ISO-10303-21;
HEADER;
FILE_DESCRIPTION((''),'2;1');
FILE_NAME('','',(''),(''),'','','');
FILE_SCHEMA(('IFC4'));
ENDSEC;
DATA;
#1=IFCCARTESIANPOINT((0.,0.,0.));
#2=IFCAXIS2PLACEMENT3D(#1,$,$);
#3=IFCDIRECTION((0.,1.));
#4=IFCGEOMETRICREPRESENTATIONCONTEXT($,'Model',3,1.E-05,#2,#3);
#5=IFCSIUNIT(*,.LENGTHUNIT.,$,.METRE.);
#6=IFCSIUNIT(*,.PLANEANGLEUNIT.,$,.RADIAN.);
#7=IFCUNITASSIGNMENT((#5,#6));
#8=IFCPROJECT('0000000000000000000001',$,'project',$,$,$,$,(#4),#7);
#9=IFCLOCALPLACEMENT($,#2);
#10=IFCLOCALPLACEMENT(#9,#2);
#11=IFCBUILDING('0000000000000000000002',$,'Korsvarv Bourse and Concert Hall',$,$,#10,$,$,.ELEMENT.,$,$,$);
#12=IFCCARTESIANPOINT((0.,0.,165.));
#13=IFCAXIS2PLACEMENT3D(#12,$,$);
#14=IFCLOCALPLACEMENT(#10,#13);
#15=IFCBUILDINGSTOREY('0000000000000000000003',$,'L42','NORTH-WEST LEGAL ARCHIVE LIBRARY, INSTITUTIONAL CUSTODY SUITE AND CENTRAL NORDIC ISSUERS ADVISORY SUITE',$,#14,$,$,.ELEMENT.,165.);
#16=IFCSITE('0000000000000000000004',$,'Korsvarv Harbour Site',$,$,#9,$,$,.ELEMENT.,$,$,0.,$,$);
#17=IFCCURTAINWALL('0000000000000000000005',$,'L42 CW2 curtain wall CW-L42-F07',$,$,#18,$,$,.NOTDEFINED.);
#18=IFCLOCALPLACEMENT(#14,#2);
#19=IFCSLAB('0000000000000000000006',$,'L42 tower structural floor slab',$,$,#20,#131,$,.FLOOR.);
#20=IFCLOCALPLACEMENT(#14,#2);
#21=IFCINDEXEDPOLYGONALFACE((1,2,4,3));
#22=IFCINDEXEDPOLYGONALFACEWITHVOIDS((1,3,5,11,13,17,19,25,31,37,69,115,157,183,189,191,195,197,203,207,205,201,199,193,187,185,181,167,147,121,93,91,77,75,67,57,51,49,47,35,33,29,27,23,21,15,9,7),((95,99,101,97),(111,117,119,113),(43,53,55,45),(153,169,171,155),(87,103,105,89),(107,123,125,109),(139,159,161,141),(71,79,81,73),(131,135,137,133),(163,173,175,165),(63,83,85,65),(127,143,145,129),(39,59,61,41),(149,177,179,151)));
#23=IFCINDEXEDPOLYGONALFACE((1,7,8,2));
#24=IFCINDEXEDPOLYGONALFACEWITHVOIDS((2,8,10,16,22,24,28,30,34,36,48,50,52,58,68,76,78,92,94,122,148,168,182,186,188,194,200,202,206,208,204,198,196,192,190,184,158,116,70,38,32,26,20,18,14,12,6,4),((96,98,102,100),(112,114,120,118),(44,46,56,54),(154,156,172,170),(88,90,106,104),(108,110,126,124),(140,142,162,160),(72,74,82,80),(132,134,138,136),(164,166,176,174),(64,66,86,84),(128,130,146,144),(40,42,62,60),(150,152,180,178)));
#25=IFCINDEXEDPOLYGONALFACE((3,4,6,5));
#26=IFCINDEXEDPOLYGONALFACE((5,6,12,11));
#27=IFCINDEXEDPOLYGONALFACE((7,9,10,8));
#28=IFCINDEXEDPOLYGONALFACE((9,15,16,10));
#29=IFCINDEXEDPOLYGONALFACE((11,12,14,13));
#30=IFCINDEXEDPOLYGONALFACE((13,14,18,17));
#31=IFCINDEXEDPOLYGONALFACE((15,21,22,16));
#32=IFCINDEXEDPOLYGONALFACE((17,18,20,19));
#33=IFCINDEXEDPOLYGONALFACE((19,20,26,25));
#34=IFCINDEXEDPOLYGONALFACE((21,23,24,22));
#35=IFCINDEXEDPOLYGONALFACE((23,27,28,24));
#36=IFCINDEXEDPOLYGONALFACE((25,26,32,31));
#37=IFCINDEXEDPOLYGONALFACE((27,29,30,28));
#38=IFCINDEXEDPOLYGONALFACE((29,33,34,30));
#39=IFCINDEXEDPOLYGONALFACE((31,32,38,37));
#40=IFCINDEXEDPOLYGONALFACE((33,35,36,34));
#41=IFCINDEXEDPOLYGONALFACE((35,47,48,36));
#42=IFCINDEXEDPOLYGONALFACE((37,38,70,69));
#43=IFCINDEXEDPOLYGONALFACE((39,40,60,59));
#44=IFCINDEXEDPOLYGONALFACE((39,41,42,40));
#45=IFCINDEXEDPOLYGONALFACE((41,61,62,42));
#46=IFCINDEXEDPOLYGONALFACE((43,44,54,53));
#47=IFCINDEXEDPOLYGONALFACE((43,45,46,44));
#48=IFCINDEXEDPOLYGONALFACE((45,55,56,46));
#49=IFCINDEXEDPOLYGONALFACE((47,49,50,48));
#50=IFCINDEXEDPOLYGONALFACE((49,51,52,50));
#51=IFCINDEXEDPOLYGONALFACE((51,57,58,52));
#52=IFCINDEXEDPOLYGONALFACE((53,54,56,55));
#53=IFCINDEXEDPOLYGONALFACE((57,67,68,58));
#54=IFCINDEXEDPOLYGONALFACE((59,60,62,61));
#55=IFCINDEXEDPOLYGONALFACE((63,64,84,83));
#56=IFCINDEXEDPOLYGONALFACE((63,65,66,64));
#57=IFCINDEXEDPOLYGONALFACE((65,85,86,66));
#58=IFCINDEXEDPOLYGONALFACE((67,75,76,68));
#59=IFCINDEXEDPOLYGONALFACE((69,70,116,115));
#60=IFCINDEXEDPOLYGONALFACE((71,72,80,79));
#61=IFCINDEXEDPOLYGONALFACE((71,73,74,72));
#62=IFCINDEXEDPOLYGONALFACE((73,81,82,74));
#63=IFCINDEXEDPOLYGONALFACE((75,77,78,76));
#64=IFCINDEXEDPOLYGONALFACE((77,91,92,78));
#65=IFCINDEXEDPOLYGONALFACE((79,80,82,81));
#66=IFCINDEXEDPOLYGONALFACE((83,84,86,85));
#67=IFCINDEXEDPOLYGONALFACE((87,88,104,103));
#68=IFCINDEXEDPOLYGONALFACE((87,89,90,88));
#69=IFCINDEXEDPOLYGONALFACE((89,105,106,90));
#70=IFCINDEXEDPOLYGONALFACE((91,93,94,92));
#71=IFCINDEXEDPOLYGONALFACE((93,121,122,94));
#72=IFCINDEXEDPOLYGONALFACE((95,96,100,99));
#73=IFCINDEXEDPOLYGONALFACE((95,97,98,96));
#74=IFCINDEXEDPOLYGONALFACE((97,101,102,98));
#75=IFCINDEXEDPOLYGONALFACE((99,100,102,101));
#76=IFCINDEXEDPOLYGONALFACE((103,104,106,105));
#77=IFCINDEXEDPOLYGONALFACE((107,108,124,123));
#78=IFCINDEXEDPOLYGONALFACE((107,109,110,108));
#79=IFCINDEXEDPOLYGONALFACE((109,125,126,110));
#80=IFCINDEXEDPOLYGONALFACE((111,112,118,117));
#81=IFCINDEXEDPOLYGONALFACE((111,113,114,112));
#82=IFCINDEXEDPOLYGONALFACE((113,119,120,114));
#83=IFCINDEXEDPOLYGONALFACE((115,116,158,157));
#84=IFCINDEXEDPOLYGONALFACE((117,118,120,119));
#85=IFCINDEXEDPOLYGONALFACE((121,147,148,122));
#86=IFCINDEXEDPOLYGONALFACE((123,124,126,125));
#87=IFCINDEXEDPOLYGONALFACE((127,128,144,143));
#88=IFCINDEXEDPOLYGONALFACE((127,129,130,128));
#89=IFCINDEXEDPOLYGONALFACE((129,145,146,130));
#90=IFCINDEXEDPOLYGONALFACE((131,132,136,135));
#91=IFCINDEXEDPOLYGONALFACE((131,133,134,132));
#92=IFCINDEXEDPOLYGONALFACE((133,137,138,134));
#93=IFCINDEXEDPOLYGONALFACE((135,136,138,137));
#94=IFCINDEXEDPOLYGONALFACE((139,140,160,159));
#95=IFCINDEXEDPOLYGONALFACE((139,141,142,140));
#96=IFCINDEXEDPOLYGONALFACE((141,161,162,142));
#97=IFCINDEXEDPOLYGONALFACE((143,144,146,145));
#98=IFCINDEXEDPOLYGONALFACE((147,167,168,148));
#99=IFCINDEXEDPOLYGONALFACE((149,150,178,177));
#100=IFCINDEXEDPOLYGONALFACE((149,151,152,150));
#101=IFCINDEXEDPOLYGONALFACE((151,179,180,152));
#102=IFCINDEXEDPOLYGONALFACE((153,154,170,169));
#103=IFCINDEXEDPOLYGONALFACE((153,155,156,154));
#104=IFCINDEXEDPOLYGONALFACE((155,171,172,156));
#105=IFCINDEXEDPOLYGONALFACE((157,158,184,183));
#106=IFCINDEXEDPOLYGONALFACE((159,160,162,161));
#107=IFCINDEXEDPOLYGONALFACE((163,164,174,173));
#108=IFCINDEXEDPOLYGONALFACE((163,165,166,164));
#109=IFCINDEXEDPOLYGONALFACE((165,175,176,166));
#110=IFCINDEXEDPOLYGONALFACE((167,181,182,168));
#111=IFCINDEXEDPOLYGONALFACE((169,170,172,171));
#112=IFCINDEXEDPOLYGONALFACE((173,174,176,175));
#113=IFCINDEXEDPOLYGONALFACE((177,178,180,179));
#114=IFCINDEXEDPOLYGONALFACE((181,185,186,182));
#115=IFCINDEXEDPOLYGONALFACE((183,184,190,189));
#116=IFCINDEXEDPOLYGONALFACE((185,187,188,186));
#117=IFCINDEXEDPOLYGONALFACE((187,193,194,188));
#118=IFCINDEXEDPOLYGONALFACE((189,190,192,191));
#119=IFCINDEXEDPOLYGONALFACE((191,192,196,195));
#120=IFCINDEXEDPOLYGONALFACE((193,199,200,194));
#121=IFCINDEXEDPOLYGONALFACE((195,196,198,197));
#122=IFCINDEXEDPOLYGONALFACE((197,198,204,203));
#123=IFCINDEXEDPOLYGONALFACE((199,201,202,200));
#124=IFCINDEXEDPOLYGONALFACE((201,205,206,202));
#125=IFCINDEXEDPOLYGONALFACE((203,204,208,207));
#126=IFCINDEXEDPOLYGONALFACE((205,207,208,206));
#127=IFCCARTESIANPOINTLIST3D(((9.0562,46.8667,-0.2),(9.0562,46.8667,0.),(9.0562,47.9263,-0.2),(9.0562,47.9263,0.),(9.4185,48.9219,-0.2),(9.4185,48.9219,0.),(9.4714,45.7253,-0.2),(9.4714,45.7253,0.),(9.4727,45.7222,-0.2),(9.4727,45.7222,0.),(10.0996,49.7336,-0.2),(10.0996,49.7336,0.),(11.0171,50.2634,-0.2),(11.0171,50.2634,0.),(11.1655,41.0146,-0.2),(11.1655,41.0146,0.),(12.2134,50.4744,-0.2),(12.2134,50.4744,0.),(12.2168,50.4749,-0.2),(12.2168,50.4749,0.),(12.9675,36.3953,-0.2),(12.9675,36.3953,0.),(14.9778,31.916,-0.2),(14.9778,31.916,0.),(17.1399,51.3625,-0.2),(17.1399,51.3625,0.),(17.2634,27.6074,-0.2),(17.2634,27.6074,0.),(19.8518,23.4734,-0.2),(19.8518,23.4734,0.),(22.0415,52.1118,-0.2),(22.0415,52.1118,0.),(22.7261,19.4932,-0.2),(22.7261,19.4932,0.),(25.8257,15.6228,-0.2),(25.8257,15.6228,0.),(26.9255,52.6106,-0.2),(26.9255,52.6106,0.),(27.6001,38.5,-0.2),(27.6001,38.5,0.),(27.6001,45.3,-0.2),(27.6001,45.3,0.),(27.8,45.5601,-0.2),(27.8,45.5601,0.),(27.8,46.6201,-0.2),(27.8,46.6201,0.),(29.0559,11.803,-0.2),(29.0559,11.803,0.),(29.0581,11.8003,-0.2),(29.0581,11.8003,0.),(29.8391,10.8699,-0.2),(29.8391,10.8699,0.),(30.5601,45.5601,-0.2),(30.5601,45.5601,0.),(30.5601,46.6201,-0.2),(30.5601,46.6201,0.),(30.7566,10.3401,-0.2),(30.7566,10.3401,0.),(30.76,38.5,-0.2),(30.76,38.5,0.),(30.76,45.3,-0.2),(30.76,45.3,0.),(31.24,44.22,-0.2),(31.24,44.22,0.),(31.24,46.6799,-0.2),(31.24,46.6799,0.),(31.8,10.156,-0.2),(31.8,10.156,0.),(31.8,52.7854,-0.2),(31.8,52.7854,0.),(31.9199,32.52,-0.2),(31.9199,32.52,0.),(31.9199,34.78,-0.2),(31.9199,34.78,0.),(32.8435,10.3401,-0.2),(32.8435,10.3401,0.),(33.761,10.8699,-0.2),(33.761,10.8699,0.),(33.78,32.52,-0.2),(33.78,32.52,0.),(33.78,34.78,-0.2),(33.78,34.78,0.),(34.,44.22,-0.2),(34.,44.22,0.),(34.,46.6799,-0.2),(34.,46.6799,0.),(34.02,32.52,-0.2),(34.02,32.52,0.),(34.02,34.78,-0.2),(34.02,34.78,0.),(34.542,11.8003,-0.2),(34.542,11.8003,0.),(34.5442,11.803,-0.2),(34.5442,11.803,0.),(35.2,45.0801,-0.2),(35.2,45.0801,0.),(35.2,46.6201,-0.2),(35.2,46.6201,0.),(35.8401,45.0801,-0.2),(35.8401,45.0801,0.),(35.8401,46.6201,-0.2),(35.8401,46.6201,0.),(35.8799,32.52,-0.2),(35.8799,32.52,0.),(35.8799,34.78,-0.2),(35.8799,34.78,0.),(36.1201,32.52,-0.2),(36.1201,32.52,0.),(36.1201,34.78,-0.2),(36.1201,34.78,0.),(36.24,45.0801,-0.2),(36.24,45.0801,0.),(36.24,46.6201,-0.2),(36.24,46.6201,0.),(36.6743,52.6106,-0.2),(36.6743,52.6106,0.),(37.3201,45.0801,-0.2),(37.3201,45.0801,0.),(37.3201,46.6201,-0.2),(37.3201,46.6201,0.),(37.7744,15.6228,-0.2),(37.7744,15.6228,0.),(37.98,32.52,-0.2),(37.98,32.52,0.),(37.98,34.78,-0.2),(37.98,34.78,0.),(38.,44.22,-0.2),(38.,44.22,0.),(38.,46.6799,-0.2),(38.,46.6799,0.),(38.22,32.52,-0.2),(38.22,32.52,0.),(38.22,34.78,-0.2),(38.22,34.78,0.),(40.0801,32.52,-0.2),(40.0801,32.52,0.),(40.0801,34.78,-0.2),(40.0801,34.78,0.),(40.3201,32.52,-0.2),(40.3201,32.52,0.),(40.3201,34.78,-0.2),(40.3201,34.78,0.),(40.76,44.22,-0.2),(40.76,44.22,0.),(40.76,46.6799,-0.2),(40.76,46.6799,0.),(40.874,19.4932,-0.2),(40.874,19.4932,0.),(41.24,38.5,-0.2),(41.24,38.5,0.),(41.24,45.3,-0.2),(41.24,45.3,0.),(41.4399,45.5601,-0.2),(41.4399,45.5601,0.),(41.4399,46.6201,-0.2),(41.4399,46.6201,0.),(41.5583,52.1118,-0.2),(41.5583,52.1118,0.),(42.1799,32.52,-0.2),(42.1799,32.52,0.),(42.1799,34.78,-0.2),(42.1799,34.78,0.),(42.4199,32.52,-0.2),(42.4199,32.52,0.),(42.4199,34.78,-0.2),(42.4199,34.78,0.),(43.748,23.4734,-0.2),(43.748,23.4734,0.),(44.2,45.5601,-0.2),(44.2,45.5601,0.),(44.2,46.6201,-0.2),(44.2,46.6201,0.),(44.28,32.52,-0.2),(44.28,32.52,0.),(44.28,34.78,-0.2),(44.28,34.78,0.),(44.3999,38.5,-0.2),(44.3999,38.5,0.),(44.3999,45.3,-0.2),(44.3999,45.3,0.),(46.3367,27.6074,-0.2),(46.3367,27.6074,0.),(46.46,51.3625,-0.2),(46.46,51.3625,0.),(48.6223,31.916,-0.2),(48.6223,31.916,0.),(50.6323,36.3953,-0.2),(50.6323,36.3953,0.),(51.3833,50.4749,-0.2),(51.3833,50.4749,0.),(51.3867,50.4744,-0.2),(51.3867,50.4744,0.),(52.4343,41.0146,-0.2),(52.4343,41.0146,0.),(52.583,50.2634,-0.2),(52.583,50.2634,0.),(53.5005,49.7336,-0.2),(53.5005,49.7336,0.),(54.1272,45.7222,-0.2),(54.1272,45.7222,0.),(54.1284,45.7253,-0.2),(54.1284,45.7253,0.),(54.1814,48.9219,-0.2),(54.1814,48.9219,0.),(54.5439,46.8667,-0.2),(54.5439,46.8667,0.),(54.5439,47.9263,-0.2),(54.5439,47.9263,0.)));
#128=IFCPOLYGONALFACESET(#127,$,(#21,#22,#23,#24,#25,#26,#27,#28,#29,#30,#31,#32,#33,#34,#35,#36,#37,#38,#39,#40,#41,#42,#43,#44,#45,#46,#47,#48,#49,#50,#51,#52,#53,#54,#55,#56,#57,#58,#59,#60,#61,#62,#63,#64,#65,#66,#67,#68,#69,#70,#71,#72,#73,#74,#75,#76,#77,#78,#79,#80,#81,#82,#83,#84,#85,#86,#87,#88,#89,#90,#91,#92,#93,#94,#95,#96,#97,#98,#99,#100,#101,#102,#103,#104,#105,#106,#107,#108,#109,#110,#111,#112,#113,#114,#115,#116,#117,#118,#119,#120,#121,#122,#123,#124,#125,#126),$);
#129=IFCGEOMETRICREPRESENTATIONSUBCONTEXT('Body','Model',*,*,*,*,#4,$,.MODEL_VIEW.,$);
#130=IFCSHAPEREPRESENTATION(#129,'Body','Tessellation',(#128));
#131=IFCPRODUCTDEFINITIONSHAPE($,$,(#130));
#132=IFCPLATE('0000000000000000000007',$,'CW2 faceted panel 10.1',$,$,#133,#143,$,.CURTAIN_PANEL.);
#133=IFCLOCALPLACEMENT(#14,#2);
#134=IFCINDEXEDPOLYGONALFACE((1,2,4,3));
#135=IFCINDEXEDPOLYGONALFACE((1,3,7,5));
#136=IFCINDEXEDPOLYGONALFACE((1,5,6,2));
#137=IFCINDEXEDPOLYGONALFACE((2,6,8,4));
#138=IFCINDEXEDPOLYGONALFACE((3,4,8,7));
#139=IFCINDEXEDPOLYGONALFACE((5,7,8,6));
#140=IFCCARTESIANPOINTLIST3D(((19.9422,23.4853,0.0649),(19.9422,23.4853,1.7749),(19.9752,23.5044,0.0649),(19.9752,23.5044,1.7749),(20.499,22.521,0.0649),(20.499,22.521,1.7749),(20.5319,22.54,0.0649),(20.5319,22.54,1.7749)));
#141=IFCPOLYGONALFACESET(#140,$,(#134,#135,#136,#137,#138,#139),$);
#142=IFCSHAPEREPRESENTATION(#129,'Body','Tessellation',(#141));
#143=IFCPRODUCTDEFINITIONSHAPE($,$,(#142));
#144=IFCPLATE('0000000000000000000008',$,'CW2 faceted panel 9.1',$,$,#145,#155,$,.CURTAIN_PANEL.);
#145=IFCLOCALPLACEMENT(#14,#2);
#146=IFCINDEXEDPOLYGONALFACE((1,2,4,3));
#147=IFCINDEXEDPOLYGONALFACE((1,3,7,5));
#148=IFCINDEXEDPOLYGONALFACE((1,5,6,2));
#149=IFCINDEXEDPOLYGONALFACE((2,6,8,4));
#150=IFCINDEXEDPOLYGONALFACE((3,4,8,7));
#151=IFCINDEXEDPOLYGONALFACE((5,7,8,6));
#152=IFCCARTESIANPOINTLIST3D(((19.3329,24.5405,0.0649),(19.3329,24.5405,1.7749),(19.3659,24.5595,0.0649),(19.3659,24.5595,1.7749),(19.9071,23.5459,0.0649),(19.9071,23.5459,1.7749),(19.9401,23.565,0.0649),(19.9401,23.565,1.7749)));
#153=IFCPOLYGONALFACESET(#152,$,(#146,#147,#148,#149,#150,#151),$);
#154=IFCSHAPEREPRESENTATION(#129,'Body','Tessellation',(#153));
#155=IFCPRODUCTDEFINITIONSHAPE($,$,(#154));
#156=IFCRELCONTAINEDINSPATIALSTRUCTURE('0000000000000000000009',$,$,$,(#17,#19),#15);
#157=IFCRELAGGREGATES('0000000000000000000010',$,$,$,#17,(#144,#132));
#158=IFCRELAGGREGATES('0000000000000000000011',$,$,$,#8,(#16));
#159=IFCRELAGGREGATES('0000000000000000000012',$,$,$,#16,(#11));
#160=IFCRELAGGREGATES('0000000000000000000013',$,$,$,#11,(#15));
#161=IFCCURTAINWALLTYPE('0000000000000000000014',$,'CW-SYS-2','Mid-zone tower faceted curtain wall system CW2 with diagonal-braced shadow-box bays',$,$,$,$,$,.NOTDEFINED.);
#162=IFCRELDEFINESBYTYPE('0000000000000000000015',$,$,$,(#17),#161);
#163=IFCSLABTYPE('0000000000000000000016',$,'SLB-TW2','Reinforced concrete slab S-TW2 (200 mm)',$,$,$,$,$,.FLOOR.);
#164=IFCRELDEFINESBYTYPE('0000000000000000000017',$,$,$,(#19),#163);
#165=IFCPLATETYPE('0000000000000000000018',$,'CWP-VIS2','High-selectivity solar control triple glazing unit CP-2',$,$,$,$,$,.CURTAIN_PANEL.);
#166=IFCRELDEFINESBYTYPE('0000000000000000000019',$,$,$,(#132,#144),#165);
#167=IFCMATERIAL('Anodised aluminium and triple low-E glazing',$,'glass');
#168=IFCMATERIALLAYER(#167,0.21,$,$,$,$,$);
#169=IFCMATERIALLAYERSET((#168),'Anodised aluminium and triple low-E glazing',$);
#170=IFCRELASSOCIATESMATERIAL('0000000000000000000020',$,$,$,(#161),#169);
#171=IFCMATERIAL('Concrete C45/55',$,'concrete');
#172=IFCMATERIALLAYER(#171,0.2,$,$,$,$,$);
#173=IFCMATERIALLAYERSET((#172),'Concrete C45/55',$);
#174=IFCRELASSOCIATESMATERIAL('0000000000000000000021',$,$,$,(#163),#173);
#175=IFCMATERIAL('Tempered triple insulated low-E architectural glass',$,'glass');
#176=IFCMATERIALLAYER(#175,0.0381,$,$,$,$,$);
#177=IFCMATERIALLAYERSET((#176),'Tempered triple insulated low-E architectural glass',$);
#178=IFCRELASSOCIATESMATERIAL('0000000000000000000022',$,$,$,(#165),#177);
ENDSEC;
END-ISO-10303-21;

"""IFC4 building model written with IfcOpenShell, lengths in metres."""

from ifc_helpers import new_model, si_unit, direction, frame, origin, origin_2d, place, context, subcontext, project, spatial, polyline, rectangle, outline, extrude, source, transform, mapped, material, layer, layer_set, type_object, element, aggregate, save


model = new_model("IFC4")

# Units and contexts
model_context = context("Model", 3, precision=1e-05, world=origin(), true_north=direction((0.0, 1.0)))
body_context = subcontext(model_context, "Body", "Model", "MODEL_VIEW")
ifc_project = project(units=[si_unit("LENGTHUNIT", "METRE"), si_unit("PLANEANGLEUNIT", "RADIAN")], contexts=[model_context])

# Site, building, storey
site_placement = place(None, origin())
site = spatial("IfcSite", under=ifc_project, at=site_placement, Name="Korsvarv Harbour Site", CompositionType="ELEMENT", RefElevation=0.0)
building_placement = place(site_placement, origin())
building = spatial("IfcBuilding", under=site, at=building_placement, Name="Korsvarv Bourse and Concert Hall", CompositionType="ELEMENT")
storey_placement = place(building_placement, frame((0.0, 0.0, 165.0)))
storey = spatial("IfcBuildingStorey", under=building, at=storey_placement, Name="L42", Description="NORTH-WEST LEGAL ARCHIVE LIBRARY, INSTITUTIONAL CUSTODY SUITE AND CENTRAL NORDIC ISSUERS ADVISORY SUITE", CompositionType="ELEMENT", Elevation=165.0)

# Curtain wall
ifc_material_1 = material(Name="Anodised aluminium and triple low-E glazing", Category="glass")
ifc_layer_1 = layer(ifc_material_1, 0.21)
ifc_layer_set_1 = layer_set([ifc_layer_1], Name="Anodised aluminium and triple low-E glazing")
curtain_wall_type = type_object("IfcCurtainWallType", Name="CW-SYS-2", Description="Mid-zone tower faceted curtain wall system CW2 with diagonal-braced shadow-box bays", PredefinedType="NOTDEFINED", material=ifc_layer_set_1)
curtain_wall_placement = place(storey_placement, origin())
curtain_wall = element("IfcCurtainWall", 1, at=curtain_wall_placement, inside=storey, type_object=curtain_wall_type, Name="L42 CW2 curtain wall CW-L42-F07", PredefinedType="NOTDEFINED")

# Slab
ifc_material_2 = material(Name="Concrete C45/55", Category="concrete")
ifc_layer_2 = layer(ifc_material_2, 0.2)
ifc_layer_set_2 = layer_set([ifc_layer_2], Name="Concrete C45/55")
slab_type_1 = type_object("IfcSlabType", Name="SLB-TW2", Description="Reinforced concrete slab S-TW2 (200 mm)", PredefinedType="FLOOR", material=ifc_layer_set_2)
slab_1_placement = place(storey_placement, frame((0.0, 0.0, -0.2)))
element("IfcSlab", 2, at=slab_1_placement, inside=storey, type_object=slab_type_1, Name="L42 tower structural floor slab", PredefinedType="FLOOR", context=body_context, shape_type="SweptSolid", body=[
    extrude(outline(polyline([(54.1272, 45.7222), (52.4343, 41.0146), (50.6323, 36.3953), (48.6223, 31.916), (46.3367, 27.6074), (43.748, 23.4734), (40.874, 19.4932), (37.7744, 15.6228), (34.5442, 11.803), (34.542, 11.8003), (33.761, 10.8699), (32.8435, 10.3401), (31.8, 10.156), (30.7566, 10.3401), (29.8391, 10.8699), (29.0581, 11.8003), (29.0559, 11.803), (25.8257, 15.6228), (22.7261, 19.4932), (19.8518, 23.4734), (17.2634, 27.6074), (14.9778, 31.916), (12.9675, 36.3953), (11.1655, 41.0146), (9.4727, 45.7222), (9.4714, 45.7253), (9.0562, 46.8667), (9.0562, 47.9263), (9.4185, 48.9219), (10.0996, 49.7336), (11.0171, 50.2634), (12.2134, 50.4744), (12.2168, 50.4749), (17.1399, 51.3625), (22.0415, 52.1118), (26.9255, 52.6106), (31.8, 52.7854), (36.6743, 52.6106), (41.5583, 52.1118), (46.46, 51.3625), (51.3833, 50.4749), (51.3867, 50.4744), (52.583, 50.2634), (53.5005, 49.7336), (54.1814, 48.9219), (54.5439, 47.9263), (54.5439, 46.8667), (54.1284, 45.7253), (54.1272, 45.7222)]), holes=[polyline([(30.76, 38.5), (30.76, 45.3), (27.6001, 45.3), (27.6001, 38.5), (30.76, 38.5)]), polyline([(44.3999, 38.5), (44.3999, 45.3), (41.24, 45.3), (41.24, 38.5), (44.3999, 38.5)]), polyline([(31.24, 44.22), (34.0, 44.22), (34.0, 46.6799), (31.24, 46.6799), (31.24, 44.22)]), polyline([(38.0, 44.22), (40.76, 44.22), (40.76, 46.6799), (38.0, 46.6799), (38.0, 44.22)]), polyline([(31.9199, 32.52), (33.78, 32.52), (33.78, 34.78), (31.9199, 34.78), (31.9199, 32.52)]), polyline([(34.02, 32.52), (35.8799, 32.52), (35.8799, 34.78), (34.02, 34.78), (34.02, 32.52)]), polyline([(36.1201, 32.52), (37.98, 32.52), (37.98, 34.78), (36.1201, 34.78), (36.1201, 32.52)]), polyline([(38.22, 32.52), (40.0801, 32.52), (40.0801, 34.78), (38.22, 34.78), (38.22, 32.52)]), polyline([(40.3201, 32.52), (42.1799, 32.52), (42.1799, 34.78), (40.3201, 34.78), (40.3201, 32.52)]), polyline([(42.4199, 32.52), (44.28, 32.52), (44.28, 34.78), (42.4199, 34.78), (42.4199, 32.52)]), polyline([(27.8, 45.5601), (30.5601, 45.5601), (30.5601, 46.6201), (27.8, 46.6201), (27.8, 45.5601)]), polyline([(41.4399, 45.5601), (44.2, 45.5601), (44.2, 46.6201), (41.4399, 46.6201), (41.4399, 45.5601)]), polyline([(35.2, 45.0801), (35.8401, 45.0801), (35.8401, 46.6201), (35.2, 46.6201), (35.2, 45.0801)]), polyline([(36.24, 45.0801), (37.3201, 45.0801), (37.3201, 46.6201), (36.24, 46.6201), (36.24, 45.0801)])]), origin(), (0.0, 0.0, 1.0), 0.2),
])

# Plates
ifc_material_3 = material(Name="Tempered triple insulated low-E architectural glass", Category="glass")
ifc_layer_3 = layer(ifc_material_3, 0.0381)
ifc_layer_set_3 = layer_set([ifc_layer_3], Name="Tempered triple insulated low-E architectural glass")
plate_type = type_object("IfcPlateType", Name="CWP-VIS2", Description="High-selectivity solar control triple glazing unit CP-2", PredefinedType="CURTAIN_PANEL", material=ifc_layer_set_3)
shared_shape_1 = source(origin(), body_context, "Body", "SweptSolid", [
    extrude(rectangle(XDim=1.1135, YDim=0.0381, at=origin_2d()), origin(), (0.0, 0.0, 1.0), 1.71),
])
plate_1_placement = place(storey_placement, frame((20.2371, 23.0127, 0.0649), z_axis=(0.0, 0.0, 1.0), x_axis=(0.500002, -0.866024, 0.0)))
plate_1 = element("IfcPlate", 3, at=plate_1_placement, type_object=plate_type, Name="CW2 faceted panel 10.1", PredefinedType="CURTAIN_PANEL", context=body_context, shape_type="MappedRepresentation", body=[
    mapped(shared_shape_1, transform((0.0, 0.0, 0.0), scale=1.0)),
])
shared_shape_2 = source(origin(), body_context, "Body", "SweptSolid", [
    extrude(rectangle(XDim=1.1484, YDim=0.0381, at=origin_2d()), origin(), (0.0, 0.0, 1.0), 1.71),
])
plate_2_placement = place(storey_placement, frame((19.6365, 24.0527, 0.0649), z_axis=(0.0, 0.0, 1.0), x_axis=(0.500002, -0.866024, 0.0)))
plate_2 = element("IfcPlate", 4, at=plate_2_placement, type_object=plate_type, Name="CW2 faceted panel 9.1", PredefinedType="CURTAIN_PANEL", context=body_context, shape_type="MappedRepresentation", body=[
    mapped(shared_shape_2, transform((0.0, 0.0, 0.0), scale=1.0)),
])
aggregate(curtain_wall, [plate_2, plate_1])

save(model, "model.ifc")
